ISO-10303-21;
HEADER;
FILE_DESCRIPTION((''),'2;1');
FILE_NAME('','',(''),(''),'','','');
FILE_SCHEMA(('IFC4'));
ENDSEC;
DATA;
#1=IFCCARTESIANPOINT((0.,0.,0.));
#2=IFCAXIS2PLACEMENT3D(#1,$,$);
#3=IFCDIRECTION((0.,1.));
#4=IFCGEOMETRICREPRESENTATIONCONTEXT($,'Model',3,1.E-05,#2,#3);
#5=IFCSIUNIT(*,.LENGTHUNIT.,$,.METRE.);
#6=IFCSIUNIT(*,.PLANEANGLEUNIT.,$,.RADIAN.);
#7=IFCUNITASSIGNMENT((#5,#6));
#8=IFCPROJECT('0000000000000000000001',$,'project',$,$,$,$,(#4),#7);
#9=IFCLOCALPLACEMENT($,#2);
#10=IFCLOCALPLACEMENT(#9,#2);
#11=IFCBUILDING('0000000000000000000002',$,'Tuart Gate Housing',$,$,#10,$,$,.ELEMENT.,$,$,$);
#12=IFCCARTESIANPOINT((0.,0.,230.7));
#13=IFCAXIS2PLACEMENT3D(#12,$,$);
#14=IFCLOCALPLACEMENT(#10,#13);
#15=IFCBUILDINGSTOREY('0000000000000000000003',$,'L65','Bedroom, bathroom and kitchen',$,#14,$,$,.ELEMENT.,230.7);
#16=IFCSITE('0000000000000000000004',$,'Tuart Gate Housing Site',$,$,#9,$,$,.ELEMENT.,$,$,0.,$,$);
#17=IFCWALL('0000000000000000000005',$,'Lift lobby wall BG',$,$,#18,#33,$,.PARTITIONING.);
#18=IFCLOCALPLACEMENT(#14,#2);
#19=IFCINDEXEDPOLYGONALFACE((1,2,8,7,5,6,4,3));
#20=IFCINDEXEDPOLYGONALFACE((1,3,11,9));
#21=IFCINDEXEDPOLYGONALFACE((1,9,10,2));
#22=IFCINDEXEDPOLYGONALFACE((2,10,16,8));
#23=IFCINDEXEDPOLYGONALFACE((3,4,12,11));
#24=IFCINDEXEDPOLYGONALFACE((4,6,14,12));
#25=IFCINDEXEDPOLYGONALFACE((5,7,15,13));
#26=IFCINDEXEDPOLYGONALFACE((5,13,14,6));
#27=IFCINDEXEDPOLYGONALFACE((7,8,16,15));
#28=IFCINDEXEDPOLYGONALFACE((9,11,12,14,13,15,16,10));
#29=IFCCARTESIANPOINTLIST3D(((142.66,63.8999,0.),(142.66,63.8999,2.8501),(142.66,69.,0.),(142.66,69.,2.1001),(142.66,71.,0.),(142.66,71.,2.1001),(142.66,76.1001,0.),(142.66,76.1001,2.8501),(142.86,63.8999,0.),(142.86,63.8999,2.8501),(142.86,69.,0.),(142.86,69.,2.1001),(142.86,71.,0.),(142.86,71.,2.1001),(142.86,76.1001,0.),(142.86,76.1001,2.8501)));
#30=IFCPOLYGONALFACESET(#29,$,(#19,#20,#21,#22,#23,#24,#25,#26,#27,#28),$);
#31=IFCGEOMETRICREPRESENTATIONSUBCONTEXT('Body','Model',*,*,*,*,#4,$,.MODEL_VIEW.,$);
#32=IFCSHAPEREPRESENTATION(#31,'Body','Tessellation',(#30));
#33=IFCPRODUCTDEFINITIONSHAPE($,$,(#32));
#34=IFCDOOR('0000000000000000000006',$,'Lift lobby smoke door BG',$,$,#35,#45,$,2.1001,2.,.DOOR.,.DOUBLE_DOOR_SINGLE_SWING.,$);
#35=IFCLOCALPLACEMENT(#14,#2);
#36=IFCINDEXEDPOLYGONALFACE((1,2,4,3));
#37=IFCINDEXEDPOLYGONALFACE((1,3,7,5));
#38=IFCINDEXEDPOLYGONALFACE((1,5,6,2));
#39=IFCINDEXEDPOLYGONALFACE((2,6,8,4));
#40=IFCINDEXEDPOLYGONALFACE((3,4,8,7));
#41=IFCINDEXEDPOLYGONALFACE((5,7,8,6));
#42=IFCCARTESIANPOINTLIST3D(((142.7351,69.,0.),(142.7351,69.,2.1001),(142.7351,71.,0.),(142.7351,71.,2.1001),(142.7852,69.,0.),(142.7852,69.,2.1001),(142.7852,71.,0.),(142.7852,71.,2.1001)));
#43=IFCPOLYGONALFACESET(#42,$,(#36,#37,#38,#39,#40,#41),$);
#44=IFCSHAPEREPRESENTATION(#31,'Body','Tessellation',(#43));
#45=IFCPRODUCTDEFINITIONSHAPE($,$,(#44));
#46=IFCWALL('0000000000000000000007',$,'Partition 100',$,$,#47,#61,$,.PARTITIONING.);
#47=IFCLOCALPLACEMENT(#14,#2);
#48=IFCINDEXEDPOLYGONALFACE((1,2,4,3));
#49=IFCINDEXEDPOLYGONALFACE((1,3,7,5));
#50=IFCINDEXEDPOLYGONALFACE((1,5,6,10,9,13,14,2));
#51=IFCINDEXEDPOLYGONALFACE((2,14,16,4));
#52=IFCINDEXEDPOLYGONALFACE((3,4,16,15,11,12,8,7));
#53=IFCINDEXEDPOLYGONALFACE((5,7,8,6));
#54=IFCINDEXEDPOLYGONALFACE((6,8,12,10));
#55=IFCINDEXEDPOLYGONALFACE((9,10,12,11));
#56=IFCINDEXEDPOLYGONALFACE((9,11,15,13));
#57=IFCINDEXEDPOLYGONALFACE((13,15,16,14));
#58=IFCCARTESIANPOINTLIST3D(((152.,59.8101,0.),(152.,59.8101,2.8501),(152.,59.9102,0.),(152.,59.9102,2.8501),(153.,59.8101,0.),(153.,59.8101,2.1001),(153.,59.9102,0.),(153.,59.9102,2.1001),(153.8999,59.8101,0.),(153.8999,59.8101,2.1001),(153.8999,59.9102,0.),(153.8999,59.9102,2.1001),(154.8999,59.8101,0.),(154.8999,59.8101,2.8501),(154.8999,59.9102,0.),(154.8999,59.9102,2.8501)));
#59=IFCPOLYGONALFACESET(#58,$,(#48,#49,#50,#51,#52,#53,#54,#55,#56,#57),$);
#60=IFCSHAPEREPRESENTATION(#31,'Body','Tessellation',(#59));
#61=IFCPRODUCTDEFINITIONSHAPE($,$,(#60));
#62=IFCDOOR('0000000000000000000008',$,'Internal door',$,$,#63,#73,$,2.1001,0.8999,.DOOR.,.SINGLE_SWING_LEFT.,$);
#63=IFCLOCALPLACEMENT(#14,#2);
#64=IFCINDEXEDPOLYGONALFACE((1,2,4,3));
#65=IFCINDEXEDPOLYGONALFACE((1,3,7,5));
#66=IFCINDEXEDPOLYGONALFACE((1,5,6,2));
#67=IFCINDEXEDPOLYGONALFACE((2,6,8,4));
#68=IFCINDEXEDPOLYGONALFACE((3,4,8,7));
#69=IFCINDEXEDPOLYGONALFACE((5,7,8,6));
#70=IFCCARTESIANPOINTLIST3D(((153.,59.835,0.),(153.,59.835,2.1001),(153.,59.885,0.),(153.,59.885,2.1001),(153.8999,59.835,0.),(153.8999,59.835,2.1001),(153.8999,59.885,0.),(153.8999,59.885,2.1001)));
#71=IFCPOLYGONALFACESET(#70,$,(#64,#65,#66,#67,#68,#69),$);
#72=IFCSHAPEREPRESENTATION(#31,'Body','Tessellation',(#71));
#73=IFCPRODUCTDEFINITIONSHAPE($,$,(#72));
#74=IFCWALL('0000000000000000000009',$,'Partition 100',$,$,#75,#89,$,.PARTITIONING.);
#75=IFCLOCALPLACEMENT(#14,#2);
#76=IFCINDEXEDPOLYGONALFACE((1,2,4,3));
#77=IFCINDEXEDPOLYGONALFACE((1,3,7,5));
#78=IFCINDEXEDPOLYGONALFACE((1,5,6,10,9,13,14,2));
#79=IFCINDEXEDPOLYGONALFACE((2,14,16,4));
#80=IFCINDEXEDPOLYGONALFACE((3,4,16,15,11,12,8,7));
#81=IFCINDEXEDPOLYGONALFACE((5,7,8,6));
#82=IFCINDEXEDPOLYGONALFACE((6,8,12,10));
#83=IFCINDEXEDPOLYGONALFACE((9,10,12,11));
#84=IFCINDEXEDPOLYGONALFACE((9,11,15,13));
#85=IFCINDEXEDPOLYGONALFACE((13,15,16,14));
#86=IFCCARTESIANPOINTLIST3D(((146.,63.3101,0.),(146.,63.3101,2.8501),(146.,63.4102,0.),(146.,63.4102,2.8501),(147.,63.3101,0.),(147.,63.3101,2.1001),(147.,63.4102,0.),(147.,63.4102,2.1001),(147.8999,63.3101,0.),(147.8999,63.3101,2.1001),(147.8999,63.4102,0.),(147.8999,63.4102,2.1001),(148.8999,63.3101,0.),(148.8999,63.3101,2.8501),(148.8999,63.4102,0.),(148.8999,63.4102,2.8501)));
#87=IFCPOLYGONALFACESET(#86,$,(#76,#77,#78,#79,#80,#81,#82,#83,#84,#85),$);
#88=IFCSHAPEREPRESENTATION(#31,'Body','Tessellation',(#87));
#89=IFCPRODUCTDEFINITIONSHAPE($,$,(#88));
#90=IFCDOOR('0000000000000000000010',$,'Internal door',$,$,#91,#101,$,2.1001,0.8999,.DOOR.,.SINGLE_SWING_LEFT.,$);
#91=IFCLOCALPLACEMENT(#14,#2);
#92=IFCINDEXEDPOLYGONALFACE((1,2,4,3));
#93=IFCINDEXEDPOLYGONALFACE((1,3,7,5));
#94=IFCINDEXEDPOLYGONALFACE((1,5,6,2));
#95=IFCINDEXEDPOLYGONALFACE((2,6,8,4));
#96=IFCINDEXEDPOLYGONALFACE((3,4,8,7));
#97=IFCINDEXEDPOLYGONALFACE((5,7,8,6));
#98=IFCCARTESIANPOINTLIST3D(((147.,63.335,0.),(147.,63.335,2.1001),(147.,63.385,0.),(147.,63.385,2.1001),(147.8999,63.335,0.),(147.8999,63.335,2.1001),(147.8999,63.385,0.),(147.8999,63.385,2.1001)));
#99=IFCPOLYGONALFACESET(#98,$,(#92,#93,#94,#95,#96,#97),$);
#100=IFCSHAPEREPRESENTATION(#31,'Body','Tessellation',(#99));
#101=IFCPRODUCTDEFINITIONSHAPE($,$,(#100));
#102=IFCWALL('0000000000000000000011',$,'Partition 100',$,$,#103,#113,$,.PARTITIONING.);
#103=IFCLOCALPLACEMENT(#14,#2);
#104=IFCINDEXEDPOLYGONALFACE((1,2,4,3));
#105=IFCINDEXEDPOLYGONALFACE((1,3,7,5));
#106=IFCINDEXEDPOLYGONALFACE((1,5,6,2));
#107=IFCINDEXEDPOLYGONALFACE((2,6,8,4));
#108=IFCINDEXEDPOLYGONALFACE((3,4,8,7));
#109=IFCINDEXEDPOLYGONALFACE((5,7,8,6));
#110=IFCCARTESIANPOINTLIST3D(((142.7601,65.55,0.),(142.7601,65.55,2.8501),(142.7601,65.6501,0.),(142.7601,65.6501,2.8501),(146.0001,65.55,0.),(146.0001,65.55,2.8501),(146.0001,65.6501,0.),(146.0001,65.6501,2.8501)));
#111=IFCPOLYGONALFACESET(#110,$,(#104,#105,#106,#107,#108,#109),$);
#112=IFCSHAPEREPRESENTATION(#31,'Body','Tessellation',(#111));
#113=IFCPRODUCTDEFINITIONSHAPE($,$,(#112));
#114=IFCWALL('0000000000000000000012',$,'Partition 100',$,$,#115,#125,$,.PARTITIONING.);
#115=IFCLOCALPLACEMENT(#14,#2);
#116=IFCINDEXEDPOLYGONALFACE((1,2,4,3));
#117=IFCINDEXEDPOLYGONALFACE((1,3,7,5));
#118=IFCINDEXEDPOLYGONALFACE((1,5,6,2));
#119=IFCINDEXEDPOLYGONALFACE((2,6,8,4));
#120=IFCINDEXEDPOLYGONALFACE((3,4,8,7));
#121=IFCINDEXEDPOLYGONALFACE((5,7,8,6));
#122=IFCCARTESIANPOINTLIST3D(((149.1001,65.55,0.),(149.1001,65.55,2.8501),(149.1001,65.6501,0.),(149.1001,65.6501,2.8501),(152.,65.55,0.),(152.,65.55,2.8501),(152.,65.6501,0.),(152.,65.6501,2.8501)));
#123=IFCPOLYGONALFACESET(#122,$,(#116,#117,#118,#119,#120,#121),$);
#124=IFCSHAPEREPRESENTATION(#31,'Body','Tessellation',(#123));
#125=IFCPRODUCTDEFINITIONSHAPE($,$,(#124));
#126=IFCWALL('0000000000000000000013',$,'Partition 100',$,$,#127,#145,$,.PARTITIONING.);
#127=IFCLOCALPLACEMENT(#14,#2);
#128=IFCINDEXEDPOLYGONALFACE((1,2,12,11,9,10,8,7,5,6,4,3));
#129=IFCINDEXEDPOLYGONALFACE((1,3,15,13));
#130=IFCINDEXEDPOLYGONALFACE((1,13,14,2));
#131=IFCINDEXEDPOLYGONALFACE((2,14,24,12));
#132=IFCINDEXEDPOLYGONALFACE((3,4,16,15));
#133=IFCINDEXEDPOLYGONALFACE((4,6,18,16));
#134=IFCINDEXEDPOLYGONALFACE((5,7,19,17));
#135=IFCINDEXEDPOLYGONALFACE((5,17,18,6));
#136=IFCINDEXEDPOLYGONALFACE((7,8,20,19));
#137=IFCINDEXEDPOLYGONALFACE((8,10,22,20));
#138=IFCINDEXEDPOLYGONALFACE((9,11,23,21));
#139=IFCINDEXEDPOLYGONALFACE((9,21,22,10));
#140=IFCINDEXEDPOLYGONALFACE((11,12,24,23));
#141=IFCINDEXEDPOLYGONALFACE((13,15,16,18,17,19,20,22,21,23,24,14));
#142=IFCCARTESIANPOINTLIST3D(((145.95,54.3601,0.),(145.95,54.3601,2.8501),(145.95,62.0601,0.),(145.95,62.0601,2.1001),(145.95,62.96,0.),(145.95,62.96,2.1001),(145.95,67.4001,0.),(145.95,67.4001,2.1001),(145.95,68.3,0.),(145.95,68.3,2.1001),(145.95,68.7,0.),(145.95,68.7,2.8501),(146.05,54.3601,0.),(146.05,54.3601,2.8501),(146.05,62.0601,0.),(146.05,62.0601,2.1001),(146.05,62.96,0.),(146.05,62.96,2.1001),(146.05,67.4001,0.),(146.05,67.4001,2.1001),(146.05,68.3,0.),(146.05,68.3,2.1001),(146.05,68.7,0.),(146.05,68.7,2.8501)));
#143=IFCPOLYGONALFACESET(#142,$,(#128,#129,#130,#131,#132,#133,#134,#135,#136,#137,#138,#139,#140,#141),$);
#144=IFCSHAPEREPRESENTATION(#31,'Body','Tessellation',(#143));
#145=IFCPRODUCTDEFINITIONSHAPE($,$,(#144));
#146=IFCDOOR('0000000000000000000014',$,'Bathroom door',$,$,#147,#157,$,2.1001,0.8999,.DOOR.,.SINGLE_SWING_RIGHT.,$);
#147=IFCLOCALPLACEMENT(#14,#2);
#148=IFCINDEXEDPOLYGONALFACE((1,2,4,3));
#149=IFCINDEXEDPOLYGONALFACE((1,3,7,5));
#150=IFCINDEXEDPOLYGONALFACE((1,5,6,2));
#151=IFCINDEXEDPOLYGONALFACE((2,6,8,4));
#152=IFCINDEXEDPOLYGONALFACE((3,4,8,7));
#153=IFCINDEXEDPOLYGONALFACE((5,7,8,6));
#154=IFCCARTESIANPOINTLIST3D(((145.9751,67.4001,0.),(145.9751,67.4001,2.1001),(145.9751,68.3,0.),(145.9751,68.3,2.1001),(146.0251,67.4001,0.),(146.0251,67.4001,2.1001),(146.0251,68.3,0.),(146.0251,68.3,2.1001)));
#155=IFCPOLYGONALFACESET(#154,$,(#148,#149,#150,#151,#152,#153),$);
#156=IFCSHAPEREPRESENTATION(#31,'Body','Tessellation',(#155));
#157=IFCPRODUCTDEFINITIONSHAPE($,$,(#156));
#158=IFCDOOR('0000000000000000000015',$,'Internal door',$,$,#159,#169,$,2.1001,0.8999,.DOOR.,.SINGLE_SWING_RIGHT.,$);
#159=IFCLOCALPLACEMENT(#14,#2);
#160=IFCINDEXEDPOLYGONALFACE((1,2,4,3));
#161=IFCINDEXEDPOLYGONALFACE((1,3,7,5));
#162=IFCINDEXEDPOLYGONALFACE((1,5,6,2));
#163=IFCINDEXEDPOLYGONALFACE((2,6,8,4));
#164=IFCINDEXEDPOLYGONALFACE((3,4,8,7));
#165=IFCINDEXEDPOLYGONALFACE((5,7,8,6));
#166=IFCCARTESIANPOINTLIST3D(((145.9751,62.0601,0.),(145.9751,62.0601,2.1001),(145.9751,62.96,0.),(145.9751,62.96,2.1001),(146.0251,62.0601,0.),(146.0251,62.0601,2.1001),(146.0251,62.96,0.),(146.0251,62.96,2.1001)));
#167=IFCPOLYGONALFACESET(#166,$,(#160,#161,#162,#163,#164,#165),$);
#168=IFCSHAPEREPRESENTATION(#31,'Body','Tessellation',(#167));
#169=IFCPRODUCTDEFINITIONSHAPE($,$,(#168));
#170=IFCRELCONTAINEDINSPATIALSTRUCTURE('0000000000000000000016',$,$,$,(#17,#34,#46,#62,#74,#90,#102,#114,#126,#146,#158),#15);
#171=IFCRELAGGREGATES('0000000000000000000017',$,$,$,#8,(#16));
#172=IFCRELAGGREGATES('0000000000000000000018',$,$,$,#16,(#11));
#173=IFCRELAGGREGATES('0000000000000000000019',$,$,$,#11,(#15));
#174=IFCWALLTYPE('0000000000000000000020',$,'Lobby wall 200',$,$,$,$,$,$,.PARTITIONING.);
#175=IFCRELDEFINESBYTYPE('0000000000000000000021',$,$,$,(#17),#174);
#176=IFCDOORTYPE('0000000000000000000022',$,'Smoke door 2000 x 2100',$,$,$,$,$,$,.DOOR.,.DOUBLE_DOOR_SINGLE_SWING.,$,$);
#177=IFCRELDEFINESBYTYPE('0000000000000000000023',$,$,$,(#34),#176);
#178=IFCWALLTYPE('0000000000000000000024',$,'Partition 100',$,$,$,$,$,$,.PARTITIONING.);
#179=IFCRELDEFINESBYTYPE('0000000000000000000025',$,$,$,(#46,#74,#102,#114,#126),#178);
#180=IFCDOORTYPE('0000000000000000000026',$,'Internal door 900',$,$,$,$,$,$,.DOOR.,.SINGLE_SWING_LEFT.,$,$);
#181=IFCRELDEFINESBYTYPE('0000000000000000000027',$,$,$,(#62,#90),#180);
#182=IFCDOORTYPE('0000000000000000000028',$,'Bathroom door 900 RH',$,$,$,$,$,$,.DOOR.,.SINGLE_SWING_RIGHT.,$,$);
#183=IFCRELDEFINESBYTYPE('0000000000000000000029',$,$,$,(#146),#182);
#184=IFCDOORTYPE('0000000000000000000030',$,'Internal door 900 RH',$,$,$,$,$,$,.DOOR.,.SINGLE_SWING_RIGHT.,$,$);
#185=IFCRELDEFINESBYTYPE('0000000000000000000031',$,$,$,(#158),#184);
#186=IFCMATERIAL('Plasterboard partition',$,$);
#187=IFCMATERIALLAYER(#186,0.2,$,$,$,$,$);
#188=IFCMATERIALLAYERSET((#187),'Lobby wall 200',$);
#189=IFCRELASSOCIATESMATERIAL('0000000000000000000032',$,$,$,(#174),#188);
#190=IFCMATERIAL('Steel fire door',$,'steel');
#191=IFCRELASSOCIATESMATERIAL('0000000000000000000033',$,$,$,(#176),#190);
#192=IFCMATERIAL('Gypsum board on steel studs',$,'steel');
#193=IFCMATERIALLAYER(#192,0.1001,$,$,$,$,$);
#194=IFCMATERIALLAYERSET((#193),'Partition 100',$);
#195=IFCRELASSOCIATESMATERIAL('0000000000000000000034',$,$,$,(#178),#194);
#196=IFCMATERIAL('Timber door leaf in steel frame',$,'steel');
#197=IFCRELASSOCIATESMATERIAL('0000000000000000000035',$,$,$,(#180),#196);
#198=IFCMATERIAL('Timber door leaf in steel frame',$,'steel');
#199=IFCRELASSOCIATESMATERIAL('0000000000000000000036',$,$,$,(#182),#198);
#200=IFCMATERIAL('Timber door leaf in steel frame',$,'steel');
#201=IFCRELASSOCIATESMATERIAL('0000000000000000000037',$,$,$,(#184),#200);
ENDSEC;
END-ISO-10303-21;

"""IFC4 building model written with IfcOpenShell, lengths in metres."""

from ifc_helpers import new_model, si_unit, direction, frame, frame_2d, origin, place, context, subcontext, project, spatial, rectangle, extrude, material, layer, layer_set, type_object, element, fill, save


model = new_model("IFC4")

# Units and contexts
model_context = context("Model", 3, precision=1e-05, world=origin(), true_north=direction((0.0, 1.0)))
body_context = subcontext(model_context, "Body", "Model", "MODEL_VIEW")
ifc_project = project(units=[si_unit("LENGTHUNIT", "METRE"), si_unit("PLANEANGLEUNIT", "RADIAN")], contexts=[model_context])

# Site, building, storey
site_placement = place(None, origin())
site = spatial("IfcSite", under=ifc_project, at=site_placement, Name="Tuart Gate Housing Site", CompositionType="ELEMENT", RefElevation=0.0)
building_placement = place(site_placement, origin())
building = spatial("IfcBuilding", under=site, at=building_placement, Name="Tuart Gate Housing", CompositionType="ELEMENT")
storey_placement = place(building_placement, frame((0.0, 0.0, 230.7)))
storey = spatial("IfcBuildingStorey", under=building, at=storey_placement, Name="L65", Description="Bedroom, bathroom and kitchen", CompositionType="ELEMENT", Elevation=230.7)

# Walls, openings, doors
ifc_material_1 = material(Name="Plasterboard partition")
ifc_layer_1 = layer(ifc_material_1, 0.2)
ifc_layer_set_1 = layer_set([ifc_layer_1], Name="Lobby wall 200")
wall_type_1 = type_object("IfcWallType", Name="Lobby wall 200", PredefinedType="PARTITIONING", material=ifc_layer_set_1)
wall_1_placement = place(storey_placement, frame((142.76, 63.8999, 0.0), z_axis=(0.0, 0.0, 1.0), x_axis=(0.0, 1.0, 0.0)))
wall_1 = element("IfcWall", 1, at=wall_1_placement, inside=storey, type_object=wall_type_1, Name="Lift lobby wall BG", PredefinedType="PARTITIONING", context=body_context, shape_type="SweptSolid", body=[
    extrude(rectangle(XDim=12.2002, YDim=0.2, at=frame_2d((6.1001, 0.0))), origin(), (0.0, 0.0, 1.0), 2.8501),
])
opening_1_placement = place(wall_1_placement, frame((5.1001, 0.0, 0.0)))
opening_1 = element("IfcOpeningElement", 2, at=opening_1_placement, cuts=wall_1, PredefinedType="OPENING", context=body_context, shape_type="SweptSolid", body=[
    extrude(rectangle(XDim=2.0, YDim=2.1001, at=frame_2d((1.0, 1.05))), frame((0.0, 0.1099, 0.0), z_axis=(0.0, -1.0, 0.0), x_axis=(1.0, 0.0, 0.0)), (0.0, 0.0, 1.0), 0.22),
])
ifc_material_2 = material(Name="Steel fire door", Category="steel")
door_type_1 = type_object("IfcDoorType", Name="Smoke door 2000 x 2100", OperationType="DOUBLE_DOOR_SINGLE_SWING", PredefinedType="DOOR", material=ifc_material_2)
door_1_placement = place(opening_1_placement, origin())
door_1 = element("IfcDoor", 3, at=door_1_placement, inside=storey, type_object=door_type_1, Name="Lift lobby smoke door BG", OperationType="DOUBLE_DOOR_SINGLE_SWING", OverallHeight=2.1001, OverallWidth=2.0, PredefinedType="DOOR", context=body_context, shape_type="SweptSolid", body=[
    extrude(rectangle(XDim=2.0, YDim=2.1001, at=frame_2d((1.0, 1.05))), frame((0.0, 0.0249, 0.0), z_axis=(0.0, -1.0, 0.0), x_axis=(1.0, 0.0, 0.0)), (0.0, 0.0, 1.0), 0.05),
])
fill(opening_1, door_1)
ifc_material_3 = material(Name="Gypsum board on steel studs", Category="steel")
ifc_layer_2 = layer(ifc_material_3, 0.1001)
ifc_layer_set_2 = layer_set([ifc_layer_2], Name="Partition 100")
wall_type_2 = type_object("IfcWallType", Name="Partition 100", PredefinedType="PARTITIONING", material=ifc_layer_set_2)
wall_2_placement = place(storey_placement, frame((152.0, 59.8601, 0.0), z_axis=(0.0, 0.0, 1.0), x_axis=(1.0, 0.0, 0.0)))
wall_2 = element("IfcWall", 4, at=wall_2_placement, inside=storey, type_object=wall_type_2, Name="Partition 100", PredefinedType="PARTITIONING", context=body_context, shape_type="SweptSolid", body=[
    extrude(rectangle(XDim=2.8999, YDim=0.1001, at=frame_2d((1.45, 0.0))), origin(), (0.0, 0.0, 1.0), 2.8501),
])
opening_2_placement = place(wall_2_placement, frame((1.0, 0.0, 0.0)))
opening_2 = element("IfcOpeningElement", 5, at=opening_2_placement, cuts=wall_2, PredefinedType="OPENING", context=body_context, shape_type="SweptSolid", body=[
    extrude(rectangle(XDim=0.8999, YDim=2.1001, at=frame_2d((0.45, 1.05))), frame((0.0, 0.0601, 0.0), z_axis=(0.0, -1.0, 0.0), x_axis=(1.0, 0.0, 0.0)), (0.0, 0.0, 1.0), 0.1201),
])
ifc_material_4 = material(Name="Timber door leaf in steel frame", Category="steel")
door_type_2 = type_object("IfcDoorType", Name="Internal door 900", OperationType="SINGLE_SWING_LEFT", PredefinedType="DOOR", material=ifc_material_4)
door_2_placement = place(opening_2_placement, origin())
door_2 = element("IfcDoor", 6, at=door_2_placement, inside=storey, type_object=door_type_2, Name="Internal door", OperationType="SINGLE_SWING_LEFT", OverallHeight=2.1001, OverallWidth=0.8999, PredefinedType="DOOR", context=body_context, shape_type="SweptSolid", body=[
    extrude(rectangle(XDim=0.8999, YDim=2.1001, at=frame_2d((0.45, 1.05))), frame((0.0, 0.0249, 0.0), z_axis=(0.0, -1.0, 0.0), x_axis=(1.0, 0.0, 0.0)), (0.0, 0.0, 1.0), 0.05),
])
fill(opening_2, door_2)
wall_3_placement = place(storey_placement, frame((146.0, 63.3601, 0.0), z_axis=(0.0, 0.0, 1.0), x_axis=(1.0, 0.0, 0.0)))
wall_3 = element("IfcWall", 7, at=wall_3_placement, inside=storey, type_object=wall_type_2, Name="Partition 100", PredefinedType="PARTITIONING", context=body_context, shape_type="SweptSolid", body=[
    extrude(rectangle(XDim=2.8999, YDim=0.1001, at=frame_2d((1.45, 0.0))), origin(), (0.0, 0.0, 1.0), 2.8501),
])
opening_3_placement = place(wall_3_placement, frame((1.0, 0.0, 0.0)))
opening_3 = element("IfcOpeningElement", 8, at=opening_3_placement, cuts=wall_3, PredefinedType="OPENING", context=body_context, shape_type="SweptSolid", body=[
    extrude(rectangle(XDim=0.8999, YDim=2.1001, at=frame_2d((0.45, 1.05))), frame((0.0, 0.0601, 0.0), z_axis=(0.0, -1.0, 0.0), x_axis=(1.0, 0.0, 0.0)), (0.0, 0.0, 1.0), 0.1201),
])
door_3_placement = place(opening_3_placement, origin())
door_3 = element("IfcDoor", 9, at=door_3_placement, inside=storey, type_object=door_type_2, Name="Internal door", OperationType="SINGLE_SWING_LEFT", OverallHeight=2.1001, OverallWidth=0.8999, PredefinedType="DOOR", context=body_context, shape_type="SweptSolid", body=[
    extrude(rectangle(XDim=0.8999, YDim=2.1001, at=frame_2d((0.45, 1.05))), frame((0.0, 0.0249, 0.0), z_axis=(0.0, -1.0, 0.0), x_axis=(1.0, 0.0, 0.0)), (0.0, 0.0, 1.0), 0.05),
])
fill(opening_3, door_3)

# Walls
wall_4_placement = place(storey_placement, frame((142.76, 65.6001, 0.0), z_axis=(0.0, 0.0, 1.0), x_axis=(1.0, 0.0, 0.0)))
element("IfcWall", 10, at=wall_4_placement, inside=storey, type_object=wall_type_2, Name="Partition 100", PredefinedType="PARTITIONING", context=body_context, shape_type="SweptSolid", body=[
    extrude(rectangle(XDim=3.24, YDim=0.1001, at=frame_2d((1.6201, 0.0))), origin(), (0.0, 0.0, 1.0), 2.8501),
])
wall_5_placement = place(storey_placement, frame((149.1001, 65.6001, 0.0), z_axis=(0.0, 0.0, 1.0), x_axis=(1.0, 0.0, 0.0)))
element("IfcWall", 11, at=wall_5_placement, inside=storey, type_object=wall_type_2, Name="Partition 100", PredefinedType="PARTITIONING", context=body_context, shape_type="SweptSolid", body=[
    extrude(rectangle(XDim=2.8999, YDim=0.1001, at=frame_2d((1.45, 0.0))), origin(), (0.0, 0.0, 1.0), 2.8501),
])

# Wall, openings, doors
wall_6_placement = place(storey_placement, frame((146.0, 54.3601, 0.0), z_axis=(0.0, 0.0, 1.0), x_axis=(0.0, 1.0, 0.0)))
wall_6 = element("IfcWall", 12, at=wall_6_placement, inside=storey, type_object=wall_type_2, Name="Partition 100", PredefinedType="PARTITIONING", context=body_context, shape_type="SweptSolid", body=[
    extrude(rectangle(XDim=14.3398, YDim=0.1001, at=frame_2d((7.1699, 0.0))), origin(), (0.0, 0.0, 1.0), 2.8501),
])
opening_4_placement = place(wall_6_placement, frame((7.7, 0.0, 0.0)))
opening_4 = element("IfcOpeningElement", 13, at=opening_4_placement, cuts=wall_6, PredefinedType="OPENING", context=body_context, shape_type="SweptSolid", body=[
    extrude(rectangle(XDim=0.8999, YDim=2.1001, at=frame_2d((0.45, 1.05))), frame((0.0, 0.0601, 0.0), z_axis=(0.0, -1.0, 0.0), x_axis=(1.0, 0.0, 0.0)), (0.0, 0.0, 1.0), 0.1201),
])
opening_5_placement = place(wall_6_placement, frame((13.04, 0.0, 0.0)))
opening_5 = element("IfcOpeningElement", 14, at=opening_5_placement, cuts=wall_6, PredefinedType="OPENING", context=body_context, shape_type="SweptSolid", body=[
    extrude(rectangle(XDim=0.8999, YDim=2.1001, at=frame_2d((0.45, 1.05))), frame((0.0, 0.0601, 0.0), z_axis=(0.0, -1.0, 0.0), x_axis=(1.0, 0.0, 0.0)), (0.0, 0.0, 1.0), 0.1201),
])
ifc_material_5 = material(Name="Timber door leaf in steel frame", Category="steel")
door_type_3 = type_object("IfcDoorType", Name="Bathroom door 900 RH", OperationType="SINGLE_SWING_RIGHT", PredefinedType="DOOR", material=ifc_material_5)
door_4_placement = place(opening_5_placement, origin())
door_4 = element("IfcDoor", 15, at=door_4_placement, inside=storey, type_object=door_type_3, Name="Bathroom door", OperationType="SINGLE_SWING_RIGHT", OverallHeight=2.1001, OverallWidth=0.8999, PredefinedType="DOOR", context=body_context, shape_type="SweptSolid", body=[
    extrude(rectangle(XDim=0.8999, YDim=2.1001, at=frame_2d((0.45, 1.05))), frame((0.0, 0.0249, 0.0), z_axis=(0.0, -1.0, 0.0), x_axis=(1.0, 0.0, 0.0)), (0.0, 0.0, 1.0), 0.05),
])
fill(opening_5, door_4)
ifc_material_6 = material(Name="Timber door leaf in steel frame", Category="steel")
door_type_4 = type_object("IfcDoorType", Name="Internal door 900 RH", OperationType="SINGLE_SWING_RIGHT", PredefinedType="DOOR", material=ifc_material_6)
door_5_placement = place(opening_4_placement, origin())
door_5 = element("IfcDoor", 16, at=door_5_placement, inside=storey, type_object=door_type_4, Name="Internal door", OperationType="SINGLE_SWING_RIGHT", OverallHeight=2.1001, OverallWidth=0.8999, PredefinedType="DOOR", context=body_context, shape_type="SweptSolid", body=[
    extrude(rectangle(XDim=0.8999, YDim=2.1001, at=frame_2d((0.45, 1.05))), frame((0.0, 0.0249, 0.0), z_axis=(0.0, -1.0, 0.0), x_axis=(1.0, 0.0, 0.0)), (0.0, 0.0, 1.0), 0.05),
])
fill(opening_4, door_5)

save(model, "model.ifc")
